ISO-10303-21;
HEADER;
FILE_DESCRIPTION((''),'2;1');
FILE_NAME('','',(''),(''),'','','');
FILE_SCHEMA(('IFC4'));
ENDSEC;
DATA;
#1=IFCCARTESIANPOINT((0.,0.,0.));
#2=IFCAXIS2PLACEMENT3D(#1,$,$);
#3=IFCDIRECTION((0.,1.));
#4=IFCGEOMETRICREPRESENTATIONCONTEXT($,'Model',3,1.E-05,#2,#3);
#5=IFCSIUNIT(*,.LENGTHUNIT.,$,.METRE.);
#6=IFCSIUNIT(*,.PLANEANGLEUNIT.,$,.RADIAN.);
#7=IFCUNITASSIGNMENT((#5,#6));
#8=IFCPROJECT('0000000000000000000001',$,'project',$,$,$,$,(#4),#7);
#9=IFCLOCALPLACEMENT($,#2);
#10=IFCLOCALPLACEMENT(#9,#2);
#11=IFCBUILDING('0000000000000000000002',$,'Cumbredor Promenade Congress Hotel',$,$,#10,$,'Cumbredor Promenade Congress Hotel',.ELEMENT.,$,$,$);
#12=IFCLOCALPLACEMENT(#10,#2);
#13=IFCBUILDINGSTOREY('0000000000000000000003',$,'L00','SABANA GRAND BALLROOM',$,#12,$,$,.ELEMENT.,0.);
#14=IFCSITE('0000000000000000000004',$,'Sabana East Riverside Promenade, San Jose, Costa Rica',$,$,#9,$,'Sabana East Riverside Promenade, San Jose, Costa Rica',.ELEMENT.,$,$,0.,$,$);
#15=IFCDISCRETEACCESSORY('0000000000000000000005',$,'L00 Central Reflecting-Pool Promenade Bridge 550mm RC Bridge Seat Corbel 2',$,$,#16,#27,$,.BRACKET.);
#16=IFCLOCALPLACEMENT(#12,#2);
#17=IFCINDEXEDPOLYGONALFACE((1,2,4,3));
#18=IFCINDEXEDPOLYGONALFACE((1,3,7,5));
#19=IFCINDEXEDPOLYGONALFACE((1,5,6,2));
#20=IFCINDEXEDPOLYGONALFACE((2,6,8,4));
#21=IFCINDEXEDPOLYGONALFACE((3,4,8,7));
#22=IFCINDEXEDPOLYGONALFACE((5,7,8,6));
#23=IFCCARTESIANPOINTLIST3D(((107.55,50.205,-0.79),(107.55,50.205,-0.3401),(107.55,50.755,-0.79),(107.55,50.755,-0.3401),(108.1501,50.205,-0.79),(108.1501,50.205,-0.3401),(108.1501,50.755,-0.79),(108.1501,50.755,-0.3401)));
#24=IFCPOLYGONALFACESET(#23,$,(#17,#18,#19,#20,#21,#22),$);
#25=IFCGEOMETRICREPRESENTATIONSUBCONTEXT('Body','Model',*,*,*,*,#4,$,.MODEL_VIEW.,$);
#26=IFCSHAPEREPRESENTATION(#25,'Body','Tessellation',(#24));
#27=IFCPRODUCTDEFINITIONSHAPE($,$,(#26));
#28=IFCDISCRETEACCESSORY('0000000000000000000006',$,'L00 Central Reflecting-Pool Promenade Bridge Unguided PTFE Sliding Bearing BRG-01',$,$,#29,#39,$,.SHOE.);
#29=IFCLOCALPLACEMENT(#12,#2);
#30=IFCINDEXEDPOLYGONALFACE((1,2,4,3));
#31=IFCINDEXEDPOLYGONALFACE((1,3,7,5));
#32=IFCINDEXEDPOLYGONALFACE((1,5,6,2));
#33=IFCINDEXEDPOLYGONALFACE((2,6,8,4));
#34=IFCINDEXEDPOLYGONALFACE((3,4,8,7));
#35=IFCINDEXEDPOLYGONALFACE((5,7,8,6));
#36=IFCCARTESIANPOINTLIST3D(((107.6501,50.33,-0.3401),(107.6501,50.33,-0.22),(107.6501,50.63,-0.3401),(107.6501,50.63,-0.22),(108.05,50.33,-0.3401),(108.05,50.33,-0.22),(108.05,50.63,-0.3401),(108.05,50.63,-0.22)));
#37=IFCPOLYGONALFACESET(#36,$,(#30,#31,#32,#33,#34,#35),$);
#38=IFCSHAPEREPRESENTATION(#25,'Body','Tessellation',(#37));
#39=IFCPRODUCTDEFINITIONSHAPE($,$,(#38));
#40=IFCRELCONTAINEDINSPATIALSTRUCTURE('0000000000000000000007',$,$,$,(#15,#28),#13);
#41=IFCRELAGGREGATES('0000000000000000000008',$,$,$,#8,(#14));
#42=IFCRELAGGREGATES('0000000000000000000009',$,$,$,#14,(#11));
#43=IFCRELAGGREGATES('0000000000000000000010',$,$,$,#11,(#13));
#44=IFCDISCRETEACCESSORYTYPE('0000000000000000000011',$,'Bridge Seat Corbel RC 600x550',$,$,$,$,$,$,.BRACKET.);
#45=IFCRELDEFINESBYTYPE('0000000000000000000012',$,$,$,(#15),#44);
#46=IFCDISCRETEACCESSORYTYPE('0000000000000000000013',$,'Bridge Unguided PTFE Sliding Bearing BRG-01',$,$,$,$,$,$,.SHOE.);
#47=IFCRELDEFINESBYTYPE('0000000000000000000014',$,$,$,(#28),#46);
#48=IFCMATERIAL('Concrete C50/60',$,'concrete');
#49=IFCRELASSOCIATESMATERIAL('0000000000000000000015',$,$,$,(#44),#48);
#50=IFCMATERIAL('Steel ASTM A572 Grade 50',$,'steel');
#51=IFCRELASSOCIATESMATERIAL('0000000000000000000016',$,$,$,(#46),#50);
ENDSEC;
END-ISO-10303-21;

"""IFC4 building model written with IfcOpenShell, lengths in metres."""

from ifc_helpers import new_model, si_unit, direction, frame, origin, origin_2d, place, context, subcontext, project, spatial, rectangle, extrude, material, type_object, element, save


model = new_model("IFC4")

# Units and contexts
model_context = context("Model", 3, precision=1e-05, world=origin(), true_north=direction((0.0, 1.0)))
body_context = subcontext(model_context, "Body", "Model", "MODEL_VIEW")
ifc_project = project(units=[si_unit("LENGTHUNIT", "METRE"), si_unit("PLANEANGLEUNIT", "RADIAN")], contexts=[model_context])

# Site, building, storey
site_placement = place(None, origin())
site = spatial("IfcSite", under=ifc_project, at=site_placement, Name="Sabana East Riverside Promenade, San Jose, Costa Rica", LongName="Sabana East Riverside Promenade, San Jose, Costa Rica", CompositionType="ELEMENT", RefElevation=0.0)
building_placement = place(site_placement, origin())
building = spatial("IfcBuilding", under=site, at=building_placement, Name="Cumbredor Promenade Congress Hotel", LongName="Cumbredor Promenade Congress Hotel", CompositionType="ELEMENT")
storey_placement = place(building_placement, origin())
storey = spatial("IfcBuildingStorey", under=building, at=storey_placement, Name="L00", Description="SABANA GRAND BALLROOM", CompositionType="ELEMENT", Elevation=0.0)

# Shared definitions
ifc_material_1 = material(Name="Steel ASTM A572 Grade 50", Category="steel")

# Discrete accessories
ifc_material_2 = material(Name="Concrete C50/60", Category="concrete")
discrete_accessory_type_1 = type_object("IfcDiscreteAccessoryType", Name="Bridge Seat Corbel RC 600x550", PredefinedType="BRACKET", material=ifc_material_2)
discrete_accessory_1_placement = place(storey_placement, frame((107.8501, 50.48, -0.79), z_axis=(0.0, 0.0, 1.0), x_axis=(0.0, 1.0, 0.0)))
element("IfcDiscreteAccessory", 1, at=discrete_accessory_1_placement, inside=storey, type_object=discrete_accessory_type_1, Name="L00 Central Reflecting-Pool Promenade Bridge 550mm RC Bridge Seat Corbel 2", PredefinedType="BRACKET", context=body_context, shape_type="SweptSolid", body=[
    extrude(rectangle(XDim=0.55, YDim=0.6001, at=origin_2d()), origin(), (0.0, 0.0, 1.0), 0.45),
])
discrete_accessory_type_2 = type_object("IfcDiscreteAccessoryType", Name="Bridge Unguided PTFE Sliding Bearing BRG-01", PredefinedType="SHOE", material=ifc_material_1)
discrete_accessory_2_placement = place(storey_placement, frame((107.8501, 50.48, -0.3401), z_axis=(0.0, 0.0, 1.0), x_axis=(0.0, 1.0, 0.0)))
element("IfcDiscreteAccessory", 2, at=discrete_accessory_2_placement, inside=storey, type_object=discrete_accessory_type_2, Name="L00 Central Reflecting-Pool Promenade Bridge Unguided PTFE Sliding Bearing BRG-01", PredefinedType="SHOE", context=body_context, shape_type="SweptSolid", body=[
    extrude(rectangle(XDim=0.3, YDim=0.3999, at=origin_2d()), origin(), (0.0, 0.0, 1.0), 0.1201),
])

save(model, "model.ifc")
